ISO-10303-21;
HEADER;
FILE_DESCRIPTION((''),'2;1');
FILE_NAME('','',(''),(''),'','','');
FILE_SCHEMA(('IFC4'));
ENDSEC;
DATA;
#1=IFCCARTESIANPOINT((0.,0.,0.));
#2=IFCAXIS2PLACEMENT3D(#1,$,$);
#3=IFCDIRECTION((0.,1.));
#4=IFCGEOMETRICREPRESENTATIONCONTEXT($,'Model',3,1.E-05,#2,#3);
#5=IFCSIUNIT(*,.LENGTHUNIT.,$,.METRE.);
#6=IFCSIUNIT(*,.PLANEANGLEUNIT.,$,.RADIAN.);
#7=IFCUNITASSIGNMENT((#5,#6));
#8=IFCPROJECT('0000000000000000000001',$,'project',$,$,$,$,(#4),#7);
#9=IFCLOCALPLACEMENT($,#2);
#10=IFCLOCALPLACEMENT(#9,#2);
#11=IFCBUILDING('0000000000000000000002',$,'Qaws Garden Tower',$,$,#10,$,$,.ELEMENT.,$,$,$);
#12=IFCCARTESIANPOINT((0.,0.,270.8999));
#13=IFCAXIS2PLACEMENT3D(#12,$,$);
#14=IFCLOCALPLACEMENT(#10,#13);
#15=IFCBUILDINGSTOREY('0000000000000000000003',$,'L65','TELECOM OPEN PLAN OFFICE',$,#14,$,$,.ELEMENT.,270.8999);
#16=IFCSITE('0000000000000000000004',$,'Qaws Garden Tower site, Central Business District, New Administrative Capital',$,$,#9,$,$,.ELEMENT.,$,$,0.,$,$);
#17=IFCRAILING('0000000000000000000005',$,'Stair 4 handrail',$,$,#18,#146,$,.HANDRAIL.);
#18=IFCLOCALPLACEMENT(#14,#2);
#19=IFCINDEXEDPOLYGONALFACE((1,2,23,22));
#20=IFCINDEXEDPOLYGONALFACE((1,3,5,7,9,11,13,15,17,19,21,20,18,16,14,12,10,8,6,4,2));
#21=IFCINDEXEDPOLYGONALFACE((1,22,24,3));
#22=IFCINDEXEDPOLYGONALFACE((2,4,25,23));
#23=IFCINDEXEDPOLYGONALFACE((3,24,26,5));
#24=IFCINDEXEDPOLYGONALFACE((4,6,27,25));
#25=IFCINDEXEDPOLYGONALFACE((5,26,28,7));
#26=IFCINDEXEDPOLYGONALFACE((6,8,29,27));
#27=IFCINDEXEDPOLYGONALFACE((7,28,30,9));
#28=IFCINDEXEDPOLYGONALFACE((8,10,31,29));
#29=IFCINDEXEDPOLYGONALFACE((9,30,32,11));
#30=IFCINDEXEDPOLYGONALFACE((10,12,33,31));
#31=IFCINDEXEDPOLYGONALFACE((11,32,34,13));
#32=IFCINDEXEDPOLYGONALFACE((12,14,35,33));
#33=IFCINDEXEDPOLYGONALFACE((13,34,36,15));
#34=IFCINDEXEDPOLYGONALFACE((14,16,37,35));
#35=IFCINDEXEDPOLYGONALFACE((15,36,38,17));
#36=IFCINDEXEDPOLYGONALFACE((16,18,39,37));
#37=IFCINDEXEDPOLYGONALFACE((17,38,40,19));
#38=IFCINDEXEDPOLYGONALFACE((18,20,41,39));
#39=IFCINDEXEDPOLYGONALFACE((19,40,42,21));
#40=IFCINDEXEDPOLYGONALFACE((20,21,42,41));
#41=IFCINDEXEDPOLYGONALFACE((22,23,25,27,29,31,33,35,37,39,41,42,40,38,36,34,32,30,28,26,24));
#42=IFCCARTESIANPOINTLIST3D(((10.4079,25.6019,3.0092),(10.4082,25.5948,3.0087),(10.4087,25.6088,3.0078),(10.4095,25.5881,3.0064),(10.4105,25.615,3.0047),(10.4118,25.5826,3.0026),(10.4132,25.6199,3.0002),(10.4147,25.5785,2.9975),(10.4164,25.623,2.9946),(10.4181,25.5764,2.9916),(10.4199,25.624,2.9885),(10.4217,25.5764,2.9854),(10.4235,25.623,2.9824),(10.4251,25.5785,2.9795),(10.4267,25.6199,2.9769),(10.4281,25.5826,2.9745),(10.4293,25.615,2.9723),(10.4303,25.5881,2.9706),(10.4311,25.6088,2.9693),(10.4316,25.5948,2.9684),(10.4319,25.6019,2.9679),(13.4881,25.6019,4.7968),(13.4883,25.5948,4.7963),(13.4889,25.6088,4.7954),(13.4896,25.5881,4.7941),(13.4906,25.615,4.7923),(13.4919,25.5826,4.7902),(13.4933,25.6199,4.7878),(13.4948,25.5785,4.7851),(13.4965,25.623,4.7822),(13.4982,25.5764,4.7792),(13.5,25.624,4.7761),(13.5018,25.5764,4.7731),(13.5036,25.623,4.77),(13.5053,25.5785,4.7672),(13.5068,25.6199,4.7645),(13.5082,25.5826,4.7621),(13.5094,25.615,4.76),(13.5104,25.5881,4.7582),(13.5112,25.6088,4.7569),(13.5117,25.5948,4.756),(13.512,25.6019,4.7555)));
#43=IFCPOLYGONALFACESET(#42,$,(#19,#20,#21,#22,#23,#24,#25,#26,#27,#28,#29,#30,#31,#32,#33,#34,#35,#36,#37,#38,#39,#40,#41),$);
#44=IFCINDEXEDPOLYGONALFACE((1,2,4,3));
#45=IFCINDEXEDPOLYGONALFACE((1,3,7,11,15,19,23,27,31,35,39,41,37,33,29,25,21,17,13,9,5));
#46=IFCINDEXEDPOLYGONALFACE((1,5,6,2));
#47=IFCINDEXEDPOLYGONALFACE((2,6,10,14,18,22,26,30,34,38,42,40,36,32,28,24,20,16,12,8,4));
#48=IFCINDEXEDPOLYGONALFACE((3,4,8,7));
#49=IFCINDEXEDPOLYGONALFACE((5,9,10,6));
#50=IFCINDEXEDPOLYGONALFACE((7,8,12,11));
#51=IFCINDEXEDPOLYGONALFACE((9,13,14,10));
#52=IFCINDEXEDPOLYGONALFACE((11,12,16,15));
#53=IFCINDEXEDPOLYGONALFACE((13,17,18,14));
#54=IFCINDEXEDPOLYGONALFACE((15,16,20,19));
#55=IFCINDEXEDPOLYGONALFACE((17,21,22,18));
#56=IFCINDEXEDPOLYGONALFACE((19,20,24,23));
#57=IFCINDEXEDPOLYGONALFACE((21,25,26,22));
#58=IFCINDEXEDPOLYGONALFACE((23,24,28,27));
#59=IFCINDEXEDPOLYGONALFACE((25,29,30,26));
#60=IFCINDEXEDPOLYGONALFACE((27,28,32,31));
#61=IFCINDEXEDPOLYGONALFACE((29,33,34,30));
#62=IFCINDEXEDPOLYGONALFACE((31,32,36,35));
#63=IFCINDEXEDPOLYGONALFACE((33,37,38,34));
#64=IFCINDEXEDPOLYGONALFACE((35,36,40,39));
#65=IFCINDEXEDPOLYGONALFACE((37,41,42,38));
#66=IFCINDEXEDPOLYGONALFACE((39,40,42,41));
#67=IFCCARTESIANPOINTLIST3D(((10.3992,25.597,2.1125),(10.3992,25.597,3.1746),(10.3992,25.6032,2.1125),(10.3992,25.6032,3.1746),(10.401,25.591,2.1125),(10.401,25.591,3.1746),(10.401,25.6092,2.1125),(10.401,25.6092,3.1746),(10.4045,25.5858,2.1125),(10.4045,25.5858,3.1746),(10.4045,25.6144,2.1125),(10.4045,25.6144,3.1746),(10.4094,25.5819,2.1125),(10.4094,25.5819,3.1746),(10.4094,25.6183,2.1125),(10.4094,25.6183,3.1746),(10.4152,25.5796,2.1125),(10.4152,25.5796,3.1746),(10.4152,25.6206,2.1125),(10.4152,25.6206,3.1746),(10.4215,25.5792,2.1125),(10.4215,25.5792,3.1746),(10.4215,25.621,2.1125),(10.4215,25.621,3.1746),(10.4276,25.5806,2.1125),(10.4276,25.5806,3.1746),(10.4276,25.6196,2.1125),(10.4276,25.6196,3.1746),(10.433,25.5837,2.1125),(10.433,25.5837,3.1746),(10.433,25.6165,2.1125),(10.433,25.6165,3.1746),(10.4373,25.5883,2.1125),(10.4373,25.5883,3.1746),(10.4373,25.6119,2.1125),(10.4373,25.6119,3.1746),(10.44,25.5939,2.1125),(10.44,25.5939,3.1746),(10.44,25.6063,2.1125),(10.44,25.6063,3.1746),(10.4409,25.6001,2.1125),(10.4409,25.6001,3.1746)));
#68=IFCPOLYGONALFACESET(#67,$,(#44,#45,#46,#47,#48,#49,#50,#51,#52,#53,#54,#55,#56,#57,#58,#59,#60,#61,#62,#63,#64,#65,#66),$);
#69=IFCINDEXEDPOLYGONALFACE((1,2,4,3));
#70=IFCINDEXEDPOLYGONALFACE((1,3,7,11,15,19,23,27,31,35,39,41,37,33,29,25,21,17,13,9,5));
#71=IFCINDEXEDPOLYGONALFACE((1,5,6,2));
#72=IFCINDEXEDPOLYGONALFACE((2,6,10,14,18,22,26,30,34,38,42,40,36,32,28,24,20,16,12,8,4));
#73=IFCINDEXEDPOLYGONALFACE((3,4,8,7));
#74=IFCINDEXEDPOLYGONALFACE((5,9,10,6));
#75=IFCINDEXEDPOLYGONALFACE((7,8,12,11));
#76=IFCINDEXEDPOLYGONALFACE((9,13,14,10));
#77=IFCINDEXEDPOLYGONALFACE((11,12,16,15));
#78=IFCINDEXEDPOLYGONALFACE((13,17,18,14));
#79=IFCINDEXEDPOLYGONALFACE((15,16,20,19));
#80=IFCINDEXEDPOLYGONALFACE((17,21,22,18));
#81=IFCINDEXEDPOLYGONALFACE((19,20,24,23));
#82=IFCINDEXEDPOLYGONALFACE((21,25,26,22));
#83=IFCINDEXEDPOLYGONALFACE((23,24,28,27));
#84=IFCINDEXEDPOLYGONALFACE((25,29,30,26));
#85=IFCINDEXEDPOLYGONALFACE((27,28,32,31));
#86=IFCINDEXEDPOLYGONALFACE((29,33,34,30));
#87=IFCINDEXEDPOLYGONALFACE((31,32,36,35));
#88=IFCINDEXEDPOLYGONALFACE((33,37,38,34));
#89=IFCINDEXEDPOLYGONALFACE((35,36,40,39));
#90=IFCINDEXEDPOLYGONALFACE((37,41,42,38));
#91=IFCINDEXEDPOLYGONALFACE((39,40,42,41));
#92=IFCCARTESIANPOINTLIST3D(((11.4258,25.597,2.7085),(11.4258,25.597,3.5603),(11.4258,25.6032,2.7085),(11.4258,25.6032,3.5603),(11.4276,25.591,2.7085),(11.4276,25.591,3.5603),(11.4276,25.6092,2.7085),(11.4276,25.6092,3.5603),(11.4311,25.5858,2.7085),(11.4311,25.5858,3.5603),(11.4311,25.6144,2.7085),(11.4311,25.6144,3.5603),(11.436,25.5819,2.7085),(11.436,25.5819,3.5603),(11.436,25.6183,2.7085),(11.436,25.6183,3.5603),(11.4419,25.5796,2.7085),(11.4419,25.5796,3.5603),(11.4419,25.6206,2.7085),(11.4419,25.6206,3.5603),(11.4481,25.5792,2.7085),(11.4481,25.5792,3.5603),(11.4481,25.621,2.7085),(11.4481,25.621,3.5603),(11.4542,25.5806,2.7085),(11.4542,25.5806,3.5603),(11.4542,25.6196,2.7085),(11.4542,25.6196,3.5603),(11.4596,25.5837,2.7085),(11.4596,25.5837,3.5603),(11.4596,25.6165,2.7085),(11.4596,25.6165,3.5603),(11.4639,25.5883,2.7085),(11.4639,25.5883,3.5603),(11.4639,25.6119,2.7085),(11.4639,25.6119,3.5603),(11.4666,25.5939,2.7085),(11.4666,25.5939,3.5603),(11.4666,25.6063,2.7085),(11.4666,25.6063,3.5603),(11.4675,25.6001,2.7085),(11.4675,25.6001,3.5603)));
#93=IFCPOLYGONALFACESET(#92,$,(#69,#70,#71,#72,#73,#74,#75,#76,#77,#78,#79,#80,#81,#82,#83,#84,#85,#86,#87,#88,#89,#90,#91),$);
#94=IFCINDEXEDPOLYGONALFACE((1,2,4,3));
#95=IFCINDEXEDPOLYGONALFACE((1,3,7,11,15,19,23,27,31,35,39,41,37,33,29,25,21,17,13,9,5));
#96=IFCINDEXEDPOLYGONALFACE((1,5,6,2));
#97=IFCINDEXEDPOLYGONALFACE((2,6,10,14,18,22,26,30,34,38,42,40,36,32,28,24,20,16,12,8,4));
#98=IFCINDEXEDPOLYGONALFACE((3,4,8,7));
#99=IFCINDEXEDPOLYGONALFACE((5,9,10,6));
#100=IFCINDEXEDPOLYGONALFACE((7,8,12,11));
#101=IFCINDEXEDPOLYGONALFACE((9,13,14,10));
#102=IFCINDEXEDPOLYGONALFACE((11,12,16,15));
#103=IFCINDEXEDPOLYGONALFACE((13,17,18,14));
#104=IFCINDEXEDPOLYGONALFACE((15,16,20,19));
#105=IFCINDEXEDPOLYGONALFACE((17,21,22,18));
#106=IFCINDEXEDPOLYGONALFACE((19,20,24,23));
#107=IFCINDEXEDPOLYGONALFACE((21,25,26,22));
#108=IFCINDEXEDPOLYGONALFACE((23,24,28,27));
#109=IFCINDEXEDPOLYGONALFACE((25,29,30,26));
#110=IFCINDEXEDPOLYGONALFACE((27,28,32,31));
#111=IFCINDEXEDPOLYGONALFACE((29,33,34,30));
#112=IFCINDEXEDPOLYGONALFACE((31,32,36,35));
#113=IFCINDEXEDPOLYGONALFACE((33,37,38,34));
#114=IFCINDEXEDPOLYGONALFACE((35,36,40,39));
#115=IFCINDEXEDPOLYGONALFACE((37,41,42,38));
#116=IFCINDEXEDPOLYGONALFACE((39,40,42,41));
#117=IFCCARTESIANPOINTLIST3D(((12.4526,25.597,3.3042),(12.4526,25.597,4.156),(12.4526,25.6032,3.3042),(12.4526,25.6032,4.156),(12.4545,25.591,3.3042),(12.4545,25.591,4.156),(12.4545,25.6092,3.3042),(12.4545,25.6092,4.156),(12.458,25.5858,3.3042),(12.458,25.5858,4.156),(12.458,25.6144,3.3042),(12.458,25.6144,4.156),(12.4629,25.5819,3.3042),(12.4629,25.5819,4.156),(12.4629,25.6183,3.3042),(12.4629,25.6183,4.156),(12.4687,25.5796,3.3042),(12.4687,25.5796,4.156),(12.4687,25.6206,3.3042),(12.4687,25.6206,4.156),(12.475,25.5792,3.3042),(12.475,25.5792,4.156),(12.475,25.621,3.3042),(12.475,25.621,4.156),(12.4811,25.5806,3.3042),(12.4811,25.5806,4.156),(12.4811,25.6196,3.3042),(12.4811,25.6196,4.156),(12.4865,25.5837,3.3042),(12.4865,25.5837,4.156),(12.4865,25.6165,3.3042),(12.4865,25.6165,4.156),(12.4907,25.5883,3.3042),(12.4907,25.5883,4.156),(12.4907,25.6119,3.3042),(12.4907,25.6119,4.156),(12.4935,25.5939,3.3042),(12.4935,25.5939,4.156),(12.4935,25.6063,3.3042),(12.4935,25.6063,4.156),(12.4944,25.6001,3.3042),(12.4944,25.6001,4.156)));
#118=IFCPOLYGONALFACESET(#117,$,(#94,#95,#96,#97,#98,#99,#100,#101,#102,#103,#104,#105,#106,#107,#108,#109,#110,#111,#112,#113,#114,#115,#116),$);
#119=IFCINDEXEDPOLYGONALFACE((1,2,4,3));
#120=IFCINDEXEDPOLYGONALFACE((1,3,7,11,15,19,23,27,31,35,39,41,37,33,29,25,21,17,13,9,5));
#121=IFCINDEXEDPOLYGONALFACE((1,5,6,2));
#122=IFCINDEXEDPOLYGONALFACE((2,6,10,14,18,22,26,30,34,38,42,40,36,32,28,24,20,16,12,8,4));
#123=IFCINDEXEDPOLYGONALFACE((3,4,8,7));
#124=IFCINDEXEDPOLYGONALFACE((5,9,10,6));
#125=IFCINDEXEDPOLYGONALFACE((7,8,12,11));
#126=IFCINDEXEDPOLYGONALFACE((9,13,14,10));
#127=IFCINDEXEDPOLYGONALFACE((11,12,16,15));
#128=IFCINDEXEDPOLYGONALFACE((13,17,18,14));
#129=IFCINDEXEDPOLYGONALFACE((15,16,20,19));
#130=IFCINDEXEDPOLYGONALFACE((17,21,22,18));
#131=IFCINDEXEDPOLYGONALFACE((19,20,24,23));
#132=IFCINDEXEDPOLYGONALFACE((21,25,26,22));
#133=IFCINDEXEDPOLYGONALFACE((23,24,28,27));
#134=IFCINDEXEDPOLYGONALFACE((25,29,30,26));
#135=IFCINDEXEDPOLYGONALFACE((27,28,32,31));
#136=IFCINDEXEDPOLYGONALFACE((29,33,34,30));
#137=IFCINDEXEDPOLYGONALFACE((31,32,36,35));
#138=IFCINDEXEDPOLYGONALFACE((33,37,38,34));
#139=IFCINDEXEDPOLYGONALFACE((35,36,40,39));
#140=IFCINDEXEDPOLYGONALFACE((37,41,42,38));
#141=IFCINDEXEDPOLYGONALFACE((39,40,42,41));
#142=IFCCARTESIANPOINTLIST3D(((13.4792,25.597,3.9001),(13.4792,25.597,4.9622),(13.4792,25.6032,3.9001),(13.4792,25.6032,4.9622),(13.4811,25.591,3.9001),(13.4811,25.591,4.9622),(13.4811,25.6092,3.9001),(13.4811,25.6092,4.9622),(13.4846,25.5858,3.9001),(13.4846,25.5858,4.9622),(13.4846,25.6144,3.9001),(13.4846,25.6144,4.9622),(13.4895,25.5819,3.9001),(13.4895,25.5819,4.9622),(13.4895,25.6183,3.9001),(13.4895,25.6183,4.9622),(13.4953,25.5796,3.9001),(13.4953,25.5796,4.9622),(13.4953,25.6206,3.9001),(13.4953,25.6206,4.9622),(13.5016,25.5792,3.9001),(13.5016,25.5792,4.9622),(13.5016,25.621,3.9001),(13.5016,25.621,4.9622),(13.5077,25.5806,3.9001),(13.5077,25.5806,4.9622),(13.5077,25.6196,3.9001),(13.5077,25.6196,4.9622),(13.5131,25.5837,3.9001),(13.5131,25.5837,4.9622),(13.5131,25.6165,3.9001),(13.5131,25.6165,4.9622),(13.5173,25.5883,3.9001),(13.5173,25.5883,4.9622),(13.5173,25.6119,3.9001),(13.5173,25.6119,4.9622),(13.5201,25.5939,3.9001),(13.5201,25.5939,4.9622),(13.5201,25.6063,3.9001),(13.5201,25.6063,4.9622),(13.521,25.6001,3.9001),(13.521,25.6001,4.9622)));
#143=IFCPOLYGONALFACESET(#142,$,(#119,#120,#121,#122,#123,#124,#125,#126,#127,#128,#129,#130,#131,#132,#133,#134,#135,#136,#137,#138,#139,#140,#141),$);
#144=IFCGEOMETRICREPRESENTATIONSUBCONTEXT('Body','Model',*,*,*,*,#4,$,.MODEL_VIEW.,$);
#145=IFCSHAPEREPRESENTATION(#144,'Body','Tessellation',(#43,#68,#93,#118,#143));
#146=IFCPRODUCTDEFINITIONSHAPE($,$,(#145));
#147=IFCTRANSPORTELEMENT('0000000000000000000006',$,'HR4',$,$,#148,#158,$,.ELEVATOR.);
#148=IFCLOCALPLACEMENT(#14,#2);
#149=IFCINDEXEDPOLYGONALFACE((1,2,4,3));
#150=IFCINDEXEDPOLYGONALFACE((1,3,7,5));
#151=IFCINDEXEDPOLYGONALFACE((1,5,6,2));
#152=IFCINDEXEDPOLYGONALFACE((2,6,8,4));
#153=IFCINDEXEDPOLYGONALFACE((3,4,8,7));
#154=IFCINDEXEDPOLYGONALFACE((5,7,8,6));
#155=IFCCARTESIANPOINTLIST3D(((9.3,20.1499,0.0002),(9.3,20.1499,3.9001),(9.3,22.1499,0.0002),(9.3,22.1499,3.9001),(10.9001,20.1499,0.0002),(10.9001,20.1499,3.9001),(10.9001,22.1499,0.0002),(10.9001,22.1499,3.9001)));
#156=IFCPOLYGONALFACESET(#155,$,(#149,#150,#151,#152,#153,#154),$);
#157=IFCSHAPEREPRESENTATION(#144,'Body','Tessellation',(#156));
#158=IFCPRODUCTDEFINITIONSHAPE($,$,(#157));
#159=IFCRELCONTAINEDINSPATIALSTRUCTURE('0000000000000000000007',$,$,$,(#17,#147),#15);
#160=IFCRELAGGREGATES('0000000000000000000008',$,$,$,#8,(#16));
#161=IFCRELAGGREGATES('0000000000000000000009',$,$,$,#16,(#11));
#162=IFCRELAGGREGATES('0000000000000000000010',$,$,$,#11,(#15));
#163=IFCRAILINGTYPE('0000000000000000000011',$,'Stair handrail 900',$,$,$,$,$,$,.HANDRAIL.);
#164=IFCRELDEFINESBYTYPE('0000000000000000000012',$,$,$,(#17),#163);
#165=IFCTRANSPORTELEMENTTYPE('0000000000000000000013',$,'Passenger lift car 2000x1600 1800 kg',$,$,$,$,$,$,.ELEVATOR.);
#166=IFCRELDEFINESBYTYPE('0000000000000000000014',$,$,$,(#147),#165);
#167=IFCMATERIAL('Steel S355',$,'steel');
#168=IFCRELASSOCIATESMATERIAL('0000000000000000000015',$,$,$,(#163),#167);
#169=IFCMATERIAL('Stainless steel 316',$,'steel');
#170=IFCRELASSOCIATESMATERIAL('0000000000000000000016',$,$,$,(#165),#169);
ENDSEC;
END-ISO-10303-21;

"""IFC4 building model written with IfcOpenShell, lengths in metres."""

from ifc_helpers import new_model, si_unit, direction, frame, origin, origin_2d, place, context, subcontext, project, spatial, rectangle, circle, extrude, material, type_object, element, save


model = new_model("IFC4")

# Units and contexts
model_context = context("Model", 3, precision=1e-05, world=origin(), true_north=direction((0.0, 1.0)))
body_context = subcontext(model_context, "Body", "Model", "MODEL_VIEW")
ifc_project = project(units=[si_unit("LENGTHUNIT", "METRE"), si_unit("PLANEANGLEUNIT", "RADIAN")], contexts=[model_context])

# Site, building, storey
site_placement = place(None, origin())
site = spatial("IfcSite", under=ifc_project, at=site_placement, Name="Qaws Garden Tower site, Central Business District, New Administrative Capital", CompositionType="ELEMENT", RefElevation=0.0)
building_placement = place(site_placement, origin())
building = spatial("IfcBuilding", under=site, at=building_placement, Name="Qaws Garden Tower", CompositionType="ELEMENT")
storey_placement = place(building_placement, frame((0.0, 0.0, 270.8999)))
storey = spatial("IfcBuildingStorey", under=building, at=storey_placement, Name="L65", Description="TELECOM OPEN PLAN OFFICE", CompositionType="ELEMENT", Elevation=270.8999)

# Railing
ifc_material_1 = material(Name="Steel S355", Category="steel")
railing_type = type_object("IfcRailingType", Name="Stair handrail 900", PredefinedType="HANDRAIL", material=ifc_material_1)
railing_1_placement = place(storey_placement, frame((10.4199, 25.6001, 2.1125)))
element("IfcRailing", 1, at=railing_1_placement, inside=storey, type_object=railing_type, Name="Stair 4 handrail", PredefinedType="HANDRAIL", context=body_context, shape_type="SweptSolid", body=[
    extrude(circle(Radius=0.0239, at=origin_2d()), frame((0.0, 0.0, 0.876), z_axis=(0.864891, 0.0, 0.50196), x_axis=(0.0, 1.0, 0.0)), (0.0, 0.0, 1.0), 3.5613),
    extrude(circle(Radius=0.021, at=origin_2d()), origin(), (0.0, 0.0, 1.0), 1.062),
    extrude(circle(Radius=0.021, at=origin_2d()), frame((1.0266, 0.0, 0.5959)), (0.0, 0.0, 1.0), 0.8518),
    extrude(circle(Radius=0.021, at=origin_2d()), frame((2.0535, 0.0, 1.1917)), (0.0, 0.0, 1.0), 0.8518),
    extrude(circle(Radius=0.021, at=origin_2d()), frame((3.0801, 0.0, 1.7876)), (0.0, 0.0, 1.0), 1.062),
])

# Transport element
ifc_material_2 = material(Name="Stainless steel 316", Category="steel")
transport_element_type = type_object("IfcTransportElementType", Name="Passenger lift car 2000x1600 1800 kg", PredefinedType="ELEVATOR", material=ifc_material_2)
transport_element_placement = place(storey_placement, frame((10.1001, 21.1499, 0.0002), z_axis=(0.0, 0.0, 1.0), x_axis=(1.0, 0.0, 0.0)))
element("IfcTransportElement", 2, at=transport_element_placement, inside=storey, type_object=transport_element_type, Name="HR4", PredefinedType="ELEVATOR", context=body_context, shape_type="SweptSolid", body=[
    extrude(rectangle(XDim=1.6001, YDim=2.0, at=origin_2d()), origin(), (0.0, 0.0, 1.0), 3.8999),
])

save(model, "model.ifc")
